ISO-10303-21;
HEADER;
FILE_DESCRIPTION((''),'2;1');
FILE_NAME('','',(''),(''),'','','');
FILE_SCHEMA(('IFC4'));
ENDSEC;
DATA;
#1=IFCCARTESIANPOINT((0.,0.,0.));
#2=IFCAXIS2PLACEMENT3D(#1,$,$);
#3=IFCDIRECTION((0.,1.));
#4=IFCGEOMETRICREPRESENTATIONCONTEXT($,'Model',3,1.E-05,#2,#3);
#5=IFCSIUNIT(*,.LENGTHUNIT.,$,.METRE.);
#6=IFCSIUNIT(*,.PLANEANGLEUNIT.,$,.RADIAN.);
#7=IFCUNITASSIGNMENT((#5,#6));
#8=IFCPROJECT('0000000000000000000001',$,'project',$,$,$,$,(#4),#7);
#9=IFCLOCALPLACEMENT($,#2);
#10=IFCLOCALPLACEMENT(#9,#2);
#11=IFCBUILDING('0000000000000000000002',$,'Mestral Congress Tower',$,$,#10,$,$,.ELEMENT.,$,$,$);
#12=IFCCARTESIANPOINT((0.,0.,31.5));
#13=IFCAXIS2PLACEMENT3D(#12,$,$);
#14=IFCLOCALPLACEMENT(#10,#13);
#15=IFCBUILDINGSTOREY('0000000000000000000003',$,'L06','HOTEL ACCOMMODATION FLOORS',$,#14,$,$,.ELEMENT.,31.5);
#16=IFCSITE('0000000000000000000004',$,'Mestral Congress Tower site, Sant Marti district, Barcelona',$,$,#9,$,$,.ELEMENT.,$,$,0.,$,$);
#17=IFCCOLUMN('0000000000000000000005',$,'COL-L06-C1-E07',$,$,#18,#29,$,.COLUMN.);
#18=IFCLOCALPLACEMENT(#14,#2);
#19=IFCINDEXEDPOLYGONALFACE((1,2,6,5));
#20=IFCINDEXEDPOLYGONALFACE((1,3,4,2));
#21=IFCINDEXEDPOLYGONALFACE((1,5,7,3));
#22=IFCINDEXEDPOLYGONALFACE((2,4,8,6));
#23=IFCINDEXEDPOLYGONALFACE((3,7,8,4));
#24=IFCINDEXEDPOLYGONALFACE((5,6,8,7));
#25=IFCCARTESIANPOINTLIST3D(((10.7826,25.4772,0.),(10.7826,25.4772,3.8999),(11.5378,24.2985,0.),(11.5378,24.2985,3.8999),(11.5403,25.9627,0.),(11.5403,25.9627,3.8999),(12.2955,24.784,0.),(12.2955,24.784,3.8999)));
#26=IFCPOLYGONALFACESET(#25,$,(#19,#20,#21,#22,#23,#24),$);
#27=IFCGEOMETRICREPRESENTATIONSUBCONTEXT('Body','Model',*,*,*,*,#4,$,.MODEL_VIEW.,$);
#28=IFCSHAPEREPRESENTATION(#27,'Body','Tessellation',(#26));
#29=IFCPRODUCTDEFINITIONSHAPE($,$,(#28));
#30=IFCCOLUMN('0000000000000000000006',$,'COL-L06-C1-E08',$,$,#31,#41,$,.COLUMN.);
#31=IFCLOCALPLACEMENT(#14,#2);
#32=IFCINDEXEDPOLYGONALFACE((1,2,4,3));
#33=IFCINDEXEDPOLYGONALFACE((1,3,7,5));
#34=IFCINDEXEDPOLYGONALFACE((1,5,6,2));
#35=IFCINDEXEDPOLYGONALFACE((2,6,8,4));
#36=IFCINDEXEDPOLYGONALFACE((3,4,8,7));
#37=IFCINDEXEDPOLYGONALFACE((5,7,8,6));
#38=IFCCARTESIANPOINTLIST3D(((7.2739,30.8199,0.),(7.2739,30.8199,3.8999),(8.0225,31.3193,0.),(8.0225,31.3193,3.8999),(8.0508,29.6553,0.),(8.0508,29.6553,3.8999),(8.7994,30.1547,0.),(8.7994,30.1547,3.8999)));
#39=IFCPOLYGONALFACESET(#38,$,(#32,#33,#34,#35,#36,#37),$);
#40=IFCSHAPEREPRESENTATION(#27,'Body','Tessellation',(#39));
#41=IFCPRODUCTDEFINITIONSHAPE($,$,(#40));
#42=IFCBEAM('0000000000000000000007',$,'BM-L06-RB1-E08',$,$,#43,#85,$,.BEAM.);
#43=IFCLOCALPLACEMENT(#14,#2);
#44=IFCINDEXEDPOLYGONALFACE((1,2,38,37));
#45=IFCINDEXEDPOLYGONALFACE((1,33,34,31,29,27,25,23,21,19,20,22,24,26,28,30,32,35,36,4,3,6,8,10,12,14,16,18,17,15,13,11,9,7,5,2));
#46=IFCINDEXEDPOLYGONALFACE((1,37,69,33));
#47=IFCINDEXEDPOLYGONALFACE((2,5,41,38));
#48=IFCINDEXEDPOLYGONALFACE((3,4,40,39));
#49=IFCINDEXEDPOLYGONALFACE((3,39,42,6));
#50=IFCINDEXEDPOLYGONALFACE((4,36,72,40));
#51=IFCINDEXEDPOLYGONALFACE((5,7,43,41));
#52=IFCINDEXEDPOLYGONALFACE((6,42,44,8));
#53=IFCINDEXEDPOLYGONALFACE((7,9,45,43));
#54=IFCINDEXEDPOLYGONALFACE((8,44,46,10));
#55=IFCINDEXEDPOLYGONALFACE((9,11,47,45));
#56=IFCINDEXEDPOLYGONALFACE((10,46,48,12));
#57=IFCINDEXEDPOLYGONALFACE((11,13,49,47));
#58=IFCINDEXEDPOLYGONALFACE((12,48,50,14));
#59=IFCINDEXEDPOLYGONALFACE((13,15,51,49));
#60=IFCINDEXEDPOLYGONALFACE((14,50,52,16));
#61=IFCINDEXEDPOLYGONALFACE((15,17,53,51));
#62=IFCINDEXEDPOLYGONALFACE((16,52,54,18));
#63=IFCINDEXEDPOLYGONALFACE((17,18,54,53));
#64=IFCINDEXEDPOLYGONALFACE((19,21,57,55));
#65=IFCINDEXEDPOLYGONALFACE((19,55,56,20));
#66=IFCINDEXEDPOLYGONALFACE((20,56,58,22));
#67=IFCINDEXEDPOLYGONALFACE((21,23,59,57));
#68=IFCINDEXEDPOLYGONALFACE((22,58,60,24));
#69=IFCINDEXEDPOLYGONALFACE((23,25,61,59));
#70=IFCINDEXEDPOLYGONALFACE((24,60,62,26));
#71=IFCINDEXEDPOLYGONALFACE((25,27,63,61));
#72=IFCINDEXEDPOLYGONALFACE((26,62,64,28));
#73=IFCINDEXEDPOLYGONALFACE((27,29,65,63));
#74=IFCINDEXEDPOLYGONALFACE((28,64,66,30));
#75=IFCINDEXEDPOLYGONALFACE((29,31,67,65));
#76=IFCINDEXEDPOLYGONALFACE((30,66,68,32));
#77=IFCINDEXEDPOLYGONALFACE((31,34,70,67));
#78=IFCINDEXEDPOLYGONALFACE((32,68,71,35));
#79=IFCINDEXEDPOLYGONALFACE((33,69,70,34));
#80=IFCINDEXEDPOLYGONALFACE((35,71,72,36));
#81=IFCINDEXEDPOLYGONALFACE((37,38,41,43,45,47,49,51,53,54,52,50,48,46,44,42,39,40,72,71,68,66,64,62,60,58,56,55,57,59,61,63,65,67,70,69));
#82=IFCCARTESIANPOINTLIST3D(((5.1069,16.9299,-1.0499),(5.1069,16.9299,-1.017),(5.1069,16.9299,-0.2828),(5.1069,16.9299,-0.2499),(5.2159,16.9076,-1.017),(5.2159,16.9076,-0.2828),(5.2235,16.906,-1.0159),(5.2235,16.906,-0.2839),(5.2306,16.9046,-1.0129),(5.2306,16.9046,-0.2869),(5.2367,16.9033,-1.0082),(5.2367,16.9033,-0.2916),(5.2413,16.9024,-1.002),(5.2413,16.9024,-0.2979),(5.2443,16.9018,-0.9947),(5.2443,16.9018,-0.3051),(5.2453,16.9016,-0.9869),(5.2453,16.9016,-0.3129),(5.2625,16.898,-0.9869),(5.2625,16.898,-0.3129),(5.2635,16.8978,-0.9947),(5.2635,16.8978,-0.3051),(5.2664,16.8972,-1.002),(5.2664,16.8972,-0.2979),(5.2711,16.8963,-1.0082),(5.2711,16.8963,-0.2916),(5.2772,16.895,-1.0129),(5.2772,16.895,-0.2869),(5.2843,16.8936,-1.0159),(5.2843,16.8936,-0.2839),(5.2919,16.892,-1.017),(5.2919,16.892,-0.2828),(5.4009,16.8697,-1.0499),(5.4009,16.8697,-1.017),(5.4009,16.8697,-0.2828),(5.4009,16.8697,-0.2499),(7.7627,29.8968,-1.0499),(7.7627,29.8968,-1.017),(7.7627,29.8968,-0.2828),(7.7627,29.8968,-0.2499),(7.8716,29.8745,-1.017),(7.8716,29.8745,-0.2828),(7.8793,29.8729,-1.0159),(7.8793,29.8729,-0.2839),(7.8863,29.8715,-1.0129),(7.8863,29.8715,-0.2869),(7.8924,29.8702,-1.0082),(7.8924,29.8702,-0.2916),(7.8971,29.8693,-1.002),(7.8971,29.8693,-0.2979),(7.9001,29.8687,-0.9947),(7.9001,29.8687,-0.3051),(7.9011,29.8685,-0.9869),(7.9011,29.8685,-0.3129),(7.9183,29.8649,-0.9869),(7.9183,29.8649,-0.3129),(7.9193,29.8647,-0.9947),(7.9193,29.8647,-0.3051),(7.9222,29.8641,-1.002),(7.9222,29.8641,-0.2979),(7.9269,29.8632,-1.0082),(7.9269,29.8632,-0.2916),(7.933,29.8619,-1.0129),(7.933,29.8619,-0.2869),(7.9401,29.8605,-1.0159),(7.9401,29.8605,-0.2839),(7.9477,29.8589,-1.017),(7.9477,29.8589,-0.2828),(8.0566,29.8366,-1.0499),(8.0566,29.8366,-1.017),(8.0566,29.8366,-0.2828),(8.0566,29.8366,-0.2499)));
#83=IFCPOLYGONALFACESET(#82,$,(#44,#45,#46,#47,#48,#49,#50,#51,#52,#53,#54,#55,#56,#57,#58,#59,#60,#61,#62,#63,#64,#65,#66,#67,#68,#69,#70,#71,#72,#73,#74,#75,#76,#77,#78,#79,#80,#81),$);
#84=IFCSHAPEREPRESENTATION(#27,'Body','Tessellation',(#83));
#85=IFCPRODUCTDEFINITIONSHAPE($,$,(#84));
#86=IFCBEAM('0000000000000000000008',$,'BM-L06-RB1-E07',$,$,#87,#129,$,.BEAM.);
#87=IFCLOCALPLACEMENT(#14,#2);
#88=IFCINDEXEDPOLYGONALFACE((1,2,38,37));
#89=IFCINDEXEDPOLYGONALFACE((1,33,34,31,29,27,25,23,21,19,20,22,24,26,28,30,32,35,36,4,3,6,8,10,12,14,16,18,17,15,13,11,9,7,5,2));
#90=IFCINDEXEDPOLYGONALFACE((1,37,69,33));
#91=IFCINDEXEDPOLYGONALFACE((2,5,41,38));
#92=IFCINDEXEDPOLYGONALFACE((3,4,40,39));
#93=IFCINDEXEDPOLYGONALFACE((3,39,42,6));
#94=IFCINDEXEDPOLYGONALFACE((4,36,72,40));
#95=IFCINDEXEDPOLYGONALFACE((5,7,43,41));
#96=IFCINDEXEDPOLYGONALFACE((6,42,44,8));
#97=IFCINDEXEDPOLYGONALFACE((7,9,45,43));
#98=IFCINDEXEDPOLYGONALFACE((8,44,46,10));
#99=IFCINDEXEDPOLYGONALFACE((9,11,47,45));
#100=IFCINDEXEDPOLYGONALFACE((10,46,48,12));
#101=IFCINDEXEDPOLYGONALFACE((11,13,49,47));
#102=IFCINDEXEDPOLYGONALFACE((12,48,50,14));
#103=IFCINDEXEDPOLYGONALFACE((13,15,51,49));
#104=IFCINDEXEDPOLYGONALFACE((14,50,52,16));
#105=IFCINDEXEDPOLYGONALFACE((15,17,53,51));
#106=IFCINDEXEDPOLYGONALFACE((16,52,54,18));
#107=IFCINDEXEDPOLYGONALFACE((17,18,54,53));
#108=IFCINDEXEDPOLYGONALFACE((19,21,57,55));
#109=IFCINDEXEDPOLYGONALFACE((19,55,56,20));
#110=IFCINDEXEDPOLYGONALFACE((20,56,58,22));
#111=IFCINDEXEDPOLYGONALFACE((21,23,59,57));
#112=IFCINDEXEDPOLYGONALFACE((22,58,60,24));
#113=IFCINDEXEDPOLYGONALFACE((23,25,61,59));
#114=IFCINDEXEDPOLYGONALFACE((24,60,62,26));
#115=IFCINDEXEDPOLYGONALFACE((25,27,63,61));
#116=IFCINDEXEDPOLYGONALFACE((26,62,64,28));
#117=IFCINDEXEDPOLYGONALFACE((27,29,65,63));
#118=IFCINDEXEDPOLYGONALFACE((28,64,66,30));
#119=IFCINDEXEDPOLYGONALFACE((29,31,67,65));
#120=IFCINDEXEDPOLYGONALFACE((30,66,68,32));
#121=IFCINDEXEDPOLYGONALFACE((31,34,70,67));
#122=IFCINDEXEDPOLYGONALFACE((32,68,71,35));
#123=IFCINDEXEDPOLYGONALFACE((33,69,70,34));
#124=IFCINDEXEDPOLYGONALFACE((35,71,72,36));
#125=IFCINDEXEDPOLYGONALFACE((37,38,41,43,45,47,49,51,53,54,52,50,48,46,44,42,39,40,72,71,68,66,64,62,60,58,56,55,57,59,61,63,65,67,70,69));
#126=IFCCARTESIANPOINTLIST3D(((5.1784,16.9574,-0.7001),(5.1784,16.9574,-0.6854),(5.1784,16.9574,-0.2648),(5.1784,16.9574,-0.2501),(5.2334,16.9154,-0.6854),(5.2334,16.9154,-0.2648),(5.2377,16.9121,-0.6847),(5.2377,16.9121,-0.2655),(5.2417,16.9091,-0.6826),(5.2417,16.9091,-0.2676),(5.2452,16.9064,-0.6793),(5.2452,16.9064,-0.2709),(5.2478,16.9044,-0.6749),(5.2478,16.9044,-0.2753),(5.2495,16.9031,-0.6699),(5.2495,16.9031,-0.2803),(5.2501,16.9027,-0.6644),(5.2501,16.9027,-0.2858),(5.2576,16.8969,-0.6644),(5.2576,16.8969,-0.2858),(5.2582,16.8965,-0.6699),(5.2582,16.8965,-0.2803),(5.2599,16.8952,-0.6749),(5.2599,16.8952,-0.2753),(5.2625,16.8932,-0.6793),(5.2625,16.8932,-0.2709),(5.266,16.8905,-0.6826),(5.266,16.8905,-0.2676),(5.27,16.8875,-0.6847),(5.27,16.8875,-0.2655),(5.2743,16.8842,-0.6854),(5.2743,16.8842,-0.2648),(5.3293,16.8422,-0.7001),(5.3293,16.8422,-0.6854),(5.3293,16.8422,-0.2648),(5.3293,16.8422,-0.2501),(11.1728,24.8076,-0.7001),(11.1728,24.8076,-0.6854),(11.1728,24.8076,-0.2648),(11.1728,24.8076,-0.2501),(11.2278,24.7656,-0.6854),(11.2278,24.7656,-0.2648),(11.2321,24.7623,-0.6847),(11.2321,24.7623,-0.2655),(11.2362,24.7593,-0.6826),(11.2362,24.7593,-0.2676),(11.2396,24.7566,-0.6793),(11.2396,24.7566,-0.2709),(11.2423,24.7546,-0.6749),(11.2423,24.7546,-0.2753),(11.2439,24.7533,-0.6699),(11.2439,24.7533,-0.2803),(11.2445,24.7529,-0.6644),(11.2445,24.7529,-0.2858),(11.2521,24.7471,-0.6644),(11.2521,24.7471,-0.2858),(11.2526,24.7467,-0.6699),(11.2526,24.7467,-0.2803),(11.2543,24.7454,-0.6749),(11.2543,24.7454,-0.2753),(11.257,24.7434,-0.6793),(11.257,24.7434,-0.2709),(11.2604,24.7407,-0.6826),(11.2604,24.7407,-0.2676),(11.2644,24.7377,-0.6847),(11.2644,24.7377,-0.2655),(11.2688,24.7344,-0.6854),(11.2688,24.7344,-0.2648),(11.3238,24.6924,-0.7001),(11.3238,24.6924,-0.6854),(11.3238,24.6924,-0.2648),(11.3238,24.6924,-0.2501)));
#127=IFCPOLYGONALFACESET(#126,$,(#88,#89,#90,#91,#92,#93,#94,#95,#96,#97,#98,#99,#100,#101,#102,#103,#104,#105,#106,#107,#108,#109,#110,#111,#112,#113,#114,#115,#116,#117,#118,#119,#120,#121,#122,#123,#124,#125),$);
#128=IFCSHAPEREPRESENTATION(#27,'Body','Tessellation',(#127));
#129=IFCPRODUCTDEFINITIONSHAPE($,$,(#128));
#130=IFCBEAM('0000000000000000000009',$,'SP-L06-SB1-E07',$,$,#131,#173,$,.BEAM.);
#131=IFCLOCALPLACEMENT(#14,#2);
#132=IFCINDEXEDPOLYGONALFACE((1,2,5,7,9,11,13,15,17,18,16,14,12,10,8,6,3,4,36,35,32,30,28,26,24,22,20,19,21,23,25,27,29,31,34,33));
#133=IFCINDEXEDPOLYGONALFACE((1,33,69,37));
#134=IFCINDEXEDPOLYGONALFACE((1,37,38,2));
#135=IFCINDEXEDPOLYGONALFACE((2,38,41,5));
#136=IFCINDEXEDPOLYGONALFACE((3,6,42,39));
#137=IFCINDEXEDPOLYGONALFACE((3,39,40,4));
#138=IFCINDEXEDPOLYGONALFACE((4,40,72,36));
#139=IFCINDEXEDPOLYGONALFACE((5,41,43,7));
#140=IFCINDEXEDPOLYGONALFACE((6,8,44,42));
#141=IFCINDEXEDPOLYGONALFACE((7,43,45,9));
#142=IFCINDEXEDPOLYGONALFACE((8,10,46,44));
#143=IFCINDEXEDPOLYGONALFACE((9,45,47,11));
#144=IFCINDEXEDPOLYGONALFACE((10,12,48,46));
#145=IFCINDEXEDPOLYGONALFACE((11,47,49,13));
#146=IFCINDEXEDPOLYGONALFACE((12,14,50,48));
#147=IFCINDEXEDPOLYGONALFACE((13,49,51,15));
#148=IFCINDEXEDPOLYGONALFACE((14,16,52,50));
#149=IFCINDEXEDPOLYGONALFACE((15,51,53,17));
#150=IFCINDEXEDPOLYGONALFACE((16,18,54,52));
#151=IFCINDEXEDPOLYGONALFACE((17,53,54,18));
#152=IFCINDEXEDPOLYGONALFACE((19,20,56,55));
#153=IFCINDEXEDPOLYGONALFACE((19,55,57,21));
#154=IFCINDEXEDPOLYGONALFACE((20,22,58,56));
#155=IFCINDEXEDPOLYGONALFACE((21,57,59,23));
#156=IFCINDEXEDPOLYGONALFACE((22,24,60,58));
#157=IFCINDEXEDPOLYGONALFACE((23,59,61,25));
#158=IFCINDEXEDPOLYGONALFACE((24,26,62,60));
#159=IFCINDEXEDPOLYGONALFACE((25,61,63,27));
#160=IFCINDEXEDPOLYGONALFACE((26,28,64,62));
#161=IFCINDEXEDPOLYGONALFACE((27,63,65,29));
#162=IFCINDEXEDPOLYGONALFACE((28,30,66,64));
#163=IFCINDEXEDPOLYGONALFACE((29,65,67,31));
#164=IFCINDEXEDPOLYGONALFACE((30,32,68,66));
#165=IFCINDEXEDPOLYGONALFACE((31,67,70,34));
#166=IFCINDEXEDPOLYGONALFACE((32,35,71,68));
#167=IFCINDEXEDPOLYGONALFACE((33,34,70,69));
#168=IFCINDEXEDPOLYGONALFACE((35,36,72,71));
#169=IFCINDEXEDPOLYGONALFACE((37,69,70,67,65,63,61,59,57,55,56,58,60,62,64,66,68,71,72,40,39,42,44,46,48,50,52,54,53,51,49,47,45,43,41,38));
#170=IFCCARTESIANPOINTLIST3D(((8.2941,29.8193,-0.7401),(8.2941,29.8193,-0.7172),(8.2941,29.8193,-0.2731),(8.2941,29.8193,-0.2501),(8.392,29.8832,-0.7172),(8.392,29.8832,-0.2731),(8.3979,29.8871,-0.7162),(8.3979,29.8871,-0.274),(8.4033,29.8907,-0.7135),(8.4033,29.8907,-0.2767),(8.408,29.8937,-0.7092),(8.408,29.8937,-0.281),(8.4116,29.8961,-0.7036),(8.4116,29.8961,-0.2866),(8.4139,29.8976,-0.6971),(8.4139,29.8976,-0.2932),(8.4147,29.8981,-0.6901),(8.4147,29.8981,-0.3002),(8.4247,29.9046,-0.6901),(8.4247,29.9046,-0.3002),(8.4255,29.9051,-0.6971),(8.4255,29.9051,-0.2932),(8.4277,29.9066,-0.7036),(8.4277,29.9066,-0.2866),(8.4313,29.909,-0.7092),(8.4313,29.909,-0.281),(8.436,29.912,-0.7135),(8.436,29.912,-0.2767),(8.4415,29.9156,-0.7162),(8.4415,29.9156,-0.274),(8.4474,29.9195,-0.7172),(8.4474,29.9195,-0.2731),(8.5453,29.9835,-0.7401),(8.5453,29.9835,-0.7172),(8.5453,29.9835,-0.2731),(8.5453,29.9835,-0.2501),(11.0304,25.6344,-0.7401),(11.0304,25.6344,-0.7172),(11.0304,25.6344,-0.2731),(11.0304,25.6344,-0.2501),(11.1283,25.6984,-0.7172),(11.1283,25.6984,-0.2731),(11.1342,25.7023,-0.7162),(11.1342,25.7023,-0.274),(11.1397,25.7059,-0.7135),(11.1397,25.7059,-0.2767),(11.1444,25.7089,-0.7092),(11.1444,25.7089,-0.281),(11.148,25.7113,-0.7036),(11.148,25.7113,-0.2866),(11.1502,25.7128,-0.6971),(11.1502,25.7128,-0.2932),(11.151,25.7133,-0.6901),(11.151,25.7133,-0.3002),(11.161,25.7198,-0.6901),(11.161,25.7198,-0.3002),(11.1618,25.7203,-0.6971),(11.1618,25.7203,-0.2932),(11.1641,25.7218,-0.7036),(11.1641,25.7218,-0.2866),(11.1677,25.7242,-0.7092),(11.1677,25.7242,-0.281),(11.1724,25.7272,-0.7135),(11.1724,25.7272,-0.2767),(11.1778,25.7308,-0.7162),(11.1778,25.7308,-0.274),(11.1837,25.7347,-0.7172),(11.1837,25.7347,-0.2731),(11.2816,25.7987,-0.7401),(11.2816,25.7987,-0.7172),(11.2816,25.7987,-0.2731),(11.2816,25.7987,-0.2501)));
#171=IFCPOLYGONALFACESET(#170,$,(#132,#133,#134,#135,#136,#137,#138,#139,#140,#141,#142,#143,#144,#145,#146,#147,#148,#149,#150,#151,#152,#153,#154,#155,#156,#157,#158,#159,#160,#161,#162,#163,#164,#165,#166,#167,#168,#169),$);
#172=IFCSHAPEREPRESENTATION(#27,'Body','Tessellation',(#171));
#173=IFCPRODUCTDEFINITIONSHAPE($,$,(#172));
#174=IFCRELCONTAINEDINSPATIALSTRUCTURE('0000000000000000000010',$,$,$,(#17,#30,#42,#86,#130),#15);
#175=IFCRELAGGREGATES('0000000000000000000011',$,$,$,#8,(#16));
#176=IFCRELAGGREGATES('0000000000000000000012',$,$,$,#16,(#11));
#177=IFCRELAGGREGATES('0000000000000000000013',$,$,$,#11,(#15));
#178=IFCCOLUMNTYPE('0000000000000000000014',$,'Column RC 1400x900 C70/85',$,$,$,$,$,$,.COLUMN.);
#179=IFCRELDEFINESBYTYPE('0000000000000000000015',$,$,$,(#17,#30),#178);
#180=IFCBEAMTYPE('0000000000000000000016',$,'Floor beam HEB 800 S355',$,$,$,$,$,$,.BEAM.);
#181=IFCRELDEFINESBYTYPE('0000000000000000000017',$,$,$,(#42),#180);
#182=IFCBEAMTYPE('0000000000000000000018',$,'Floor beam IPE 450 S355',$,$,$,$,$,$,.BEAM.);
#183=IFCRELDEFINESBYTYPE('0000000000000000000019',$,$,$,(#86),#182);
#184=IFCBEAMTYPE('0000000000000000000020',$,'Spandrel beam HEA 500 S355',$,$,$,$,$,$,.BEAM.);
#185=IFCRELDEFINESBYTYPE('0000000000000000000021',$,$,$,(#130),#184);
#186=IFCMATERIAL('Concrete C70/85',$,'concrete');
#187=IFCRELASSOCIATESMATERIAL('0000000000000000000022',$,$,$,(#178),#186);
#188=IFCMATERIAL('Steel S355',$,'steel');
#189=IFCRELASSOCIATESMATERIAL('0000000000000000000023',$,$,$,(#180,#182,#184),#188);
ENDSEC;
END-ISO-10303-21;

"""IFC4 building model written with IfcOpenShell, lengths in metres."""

from ifc_helpers import new_model, si_unit, direction, frame, origin, origin_2d, place, context, subcontext, project, spatial, rectangle, i_section, extrude, material, material_profile, profile_set, type_object, element, save


model = new_model("IFC4")

# Units and contexts
model_context = context("Model", 3, precision=1e-05, world=origin(), true_north=direction((0.0, 1.0)))
body_context = subcontext(model_context, "Body", "Model", "MODEL_VIEW")
ifc_project = project(units=[si_unit("LENGTHUNIT", "METRE"), si_unit("PLANEANGLEUNIT", "RADIAN")], contexts=[model_context])

# Site, building, storey
site_placement = place(None, origin())
site = spatial("IfcSite", under=ifc_project, at=site_placement, Name="Mestral Congress Tower site, Sant Marti district, Barcelona", CompositionType="ELEMENT", RefElevation=0.0)
building_placement = place(site_placement, origin())
building = spatial("IfcBuilding", under=site, at=building_placement, Name="Mestral Congress Tower", CompositionType="ELEMENT")
storey_placement = place(building_placement, frame((0.0, 0.0, 31.5)))
storey = spatial("IfcBuildingStorey", under=building, at=storey_placement, Name="L06", Description="HOTEL ACCOMMODATION FLOORS", CompositionType="ELEMENT", Elevation=31.5)

# Columns
ifc_material_1 = material(Name="Concrete C70/85", Category="concrete")
ifc_material_profile_1 = material_profile(ifc_material_1, rectangle(XDim=1.3999, YDim=0.8999, at=origin_2d()), Name="RC 1400x900")
ifc_profile_set_1 = profile_set([ifc_material_profile_1], Name="Concrete C70/85")
column_type = type_object("IfcColumnType", Name="Column RC 1400x900 C70/85", PredefinedType="COLUMN", material=ifc_profile_set_1)
for number, where, z_axis, x_axis, name in (
    (1, (11.5391, 25.1306, 0.0), (0.0, 0.0, 1.0), (-0.539476, 0.842001, 0.0), "COL-L06-C1-E07"),
    (2, (8.0366, 30.4873, 0.0), (0.0, 0.0, 1.0), (-0.554949, 0.831884, 0.0), "COL-L06-C1-E08"),
):
    element("IfcColumn", number, at=place(storey_placement, frame(where, z_axis=z_axis, x_axis=x_axis)), inside=storey, type_object=column_type, Name=name, PredefinedType="COLUMN", context=body_context, shape_type="SweptSolid", body=[
        extrude(rectangle(XDim=1.3999, YDim=0.8999, at=origin_2d()), origin(), (0.0, 0.0, 1.0), 3.8999),
    ])

# Beams
ifc_material_2 = material(Name="Steel S355", Category="steel")
ifc_material_profile_2 = material_profile(ifc_material_2, i_section(OverallWidth=0.3, OverallDepth=0.8, WebThickness=0.0176, FlangeThickness=0.033, FilletRadius=0.03, at=origin_2d()), Name="HEB 800")
ifc_profile_set_2 = profile_set([ifc_material_profile_2], Name="Steel S355")
beam_type_1 = type_object("IfcBeamType", Name="Floor beam HEB 800 S355", PredefinedType="BEAM", material=ifc_profile_set_2)
beam_1_placement = place(storey_placement, frame((7.9097, 29.8667, -0.6499), z_axis=(-0.200647, -0.979664, 0.0), x_axis=(0.979664, -0.200647, 0.0)))
element("IfcBeam", 3, at=beam_1_placement, inside=storey, type_object=beam_type_1, Name="BM-L06-RB1-E08", PredefinedType="BEAM", context=body_context, shape_type="SweptSolid", body=[
    extrude(i_section(OverallWidth=0.3, OverallDepth=0.8, WebThickness=0.0176, FlangeThickness=0.033, FilletRadius=0.03, at=origin_2d()), origin(), (0.0, 0.0, 1.0), 13.2361),
])
ifc_material_profile_3 = material_profile(ifc_material_2, i_section(OverallWidth=0.1899, OverallDepth=0.45, WebThickness=0.0095, FlangeThickness=0.0146, FilletRadius=0.021, at=origin_2d()), Name="IPE 450")
ifc_profile_set_3 = profile_set([ifc_material_profile_3], Name="Steel S355")
beam_type_2 = type_object("IfcBeamType", Name="Floor beam IPE 450 S355", PredefinedType="BEAM", material=ifc_profile_set_3)
beam_2_placement = place(storey_placement, frame((11.2483, 24.75, -0.4751), z_axis=(-0.606899, -0.794779, 0.0), x_axis=(0.794779, -0.606899, 0.0)))
element("IfcBeam", 4, at=beam_2_placement, inside=storey, type_object=beam_type_2, Name="BM-L06-RB1-E07", PredefinedType="BEAM", context=body_context, shape_type="SweptSolid", body=[
    extrude(i_section(OverallWidth=0.1899, OverallDepth=0.45, WebThickness=0.0095, FlangeThickness=0.0146, FilletRadius=0.021, at=origin_2d()), origin(), (0.0, 0.0, 1.0), 9.8772),
])
ifc_material_profile_4 = material_profile(ifc_material_2, i_section(OverallWidth=0.3, OverallDepth=0.49, WebThickness=0.012, FlangeThickness=0.0229, FilletRadius=0.0271, at=origin_2d()), Name="HEA 500")
ifc_profile_set_4 = profile_set([ifc_material_profile_4], Name="Steel S355")
beam_type_3 = type_object("IfcBeamType", Name="Spandrel beam HEA 500 S355", PredefinedType="BEAM", material=ifc_profile_set_4)
beam_3_placement = place(storey_placement, frame((11.156, 25.7166, -0.4951), z_axis=(-0.547264, 0.83696, 0.0), x_axis=(-0.83696, -0.547264, 0.0)))
element("IfcBeam", 5, at=beam_3_placement, inside=storey, type_object=beam_type_3, Name="SP-L06-SB1-E07", PredefinedType="BEAM", context=body_context, shape_type="SweptSolid", body=[
    extrude(i_section(OverallWidth=0.3, OverallDepth=0.49, WebThickness=0.012, FlangeThickness=0.0229, FilletRadius=0.0271, at=origin_2d()), origin(), (0.0, 0.0, 1.0), 5.0),
])

save(model, "model.ifc")
